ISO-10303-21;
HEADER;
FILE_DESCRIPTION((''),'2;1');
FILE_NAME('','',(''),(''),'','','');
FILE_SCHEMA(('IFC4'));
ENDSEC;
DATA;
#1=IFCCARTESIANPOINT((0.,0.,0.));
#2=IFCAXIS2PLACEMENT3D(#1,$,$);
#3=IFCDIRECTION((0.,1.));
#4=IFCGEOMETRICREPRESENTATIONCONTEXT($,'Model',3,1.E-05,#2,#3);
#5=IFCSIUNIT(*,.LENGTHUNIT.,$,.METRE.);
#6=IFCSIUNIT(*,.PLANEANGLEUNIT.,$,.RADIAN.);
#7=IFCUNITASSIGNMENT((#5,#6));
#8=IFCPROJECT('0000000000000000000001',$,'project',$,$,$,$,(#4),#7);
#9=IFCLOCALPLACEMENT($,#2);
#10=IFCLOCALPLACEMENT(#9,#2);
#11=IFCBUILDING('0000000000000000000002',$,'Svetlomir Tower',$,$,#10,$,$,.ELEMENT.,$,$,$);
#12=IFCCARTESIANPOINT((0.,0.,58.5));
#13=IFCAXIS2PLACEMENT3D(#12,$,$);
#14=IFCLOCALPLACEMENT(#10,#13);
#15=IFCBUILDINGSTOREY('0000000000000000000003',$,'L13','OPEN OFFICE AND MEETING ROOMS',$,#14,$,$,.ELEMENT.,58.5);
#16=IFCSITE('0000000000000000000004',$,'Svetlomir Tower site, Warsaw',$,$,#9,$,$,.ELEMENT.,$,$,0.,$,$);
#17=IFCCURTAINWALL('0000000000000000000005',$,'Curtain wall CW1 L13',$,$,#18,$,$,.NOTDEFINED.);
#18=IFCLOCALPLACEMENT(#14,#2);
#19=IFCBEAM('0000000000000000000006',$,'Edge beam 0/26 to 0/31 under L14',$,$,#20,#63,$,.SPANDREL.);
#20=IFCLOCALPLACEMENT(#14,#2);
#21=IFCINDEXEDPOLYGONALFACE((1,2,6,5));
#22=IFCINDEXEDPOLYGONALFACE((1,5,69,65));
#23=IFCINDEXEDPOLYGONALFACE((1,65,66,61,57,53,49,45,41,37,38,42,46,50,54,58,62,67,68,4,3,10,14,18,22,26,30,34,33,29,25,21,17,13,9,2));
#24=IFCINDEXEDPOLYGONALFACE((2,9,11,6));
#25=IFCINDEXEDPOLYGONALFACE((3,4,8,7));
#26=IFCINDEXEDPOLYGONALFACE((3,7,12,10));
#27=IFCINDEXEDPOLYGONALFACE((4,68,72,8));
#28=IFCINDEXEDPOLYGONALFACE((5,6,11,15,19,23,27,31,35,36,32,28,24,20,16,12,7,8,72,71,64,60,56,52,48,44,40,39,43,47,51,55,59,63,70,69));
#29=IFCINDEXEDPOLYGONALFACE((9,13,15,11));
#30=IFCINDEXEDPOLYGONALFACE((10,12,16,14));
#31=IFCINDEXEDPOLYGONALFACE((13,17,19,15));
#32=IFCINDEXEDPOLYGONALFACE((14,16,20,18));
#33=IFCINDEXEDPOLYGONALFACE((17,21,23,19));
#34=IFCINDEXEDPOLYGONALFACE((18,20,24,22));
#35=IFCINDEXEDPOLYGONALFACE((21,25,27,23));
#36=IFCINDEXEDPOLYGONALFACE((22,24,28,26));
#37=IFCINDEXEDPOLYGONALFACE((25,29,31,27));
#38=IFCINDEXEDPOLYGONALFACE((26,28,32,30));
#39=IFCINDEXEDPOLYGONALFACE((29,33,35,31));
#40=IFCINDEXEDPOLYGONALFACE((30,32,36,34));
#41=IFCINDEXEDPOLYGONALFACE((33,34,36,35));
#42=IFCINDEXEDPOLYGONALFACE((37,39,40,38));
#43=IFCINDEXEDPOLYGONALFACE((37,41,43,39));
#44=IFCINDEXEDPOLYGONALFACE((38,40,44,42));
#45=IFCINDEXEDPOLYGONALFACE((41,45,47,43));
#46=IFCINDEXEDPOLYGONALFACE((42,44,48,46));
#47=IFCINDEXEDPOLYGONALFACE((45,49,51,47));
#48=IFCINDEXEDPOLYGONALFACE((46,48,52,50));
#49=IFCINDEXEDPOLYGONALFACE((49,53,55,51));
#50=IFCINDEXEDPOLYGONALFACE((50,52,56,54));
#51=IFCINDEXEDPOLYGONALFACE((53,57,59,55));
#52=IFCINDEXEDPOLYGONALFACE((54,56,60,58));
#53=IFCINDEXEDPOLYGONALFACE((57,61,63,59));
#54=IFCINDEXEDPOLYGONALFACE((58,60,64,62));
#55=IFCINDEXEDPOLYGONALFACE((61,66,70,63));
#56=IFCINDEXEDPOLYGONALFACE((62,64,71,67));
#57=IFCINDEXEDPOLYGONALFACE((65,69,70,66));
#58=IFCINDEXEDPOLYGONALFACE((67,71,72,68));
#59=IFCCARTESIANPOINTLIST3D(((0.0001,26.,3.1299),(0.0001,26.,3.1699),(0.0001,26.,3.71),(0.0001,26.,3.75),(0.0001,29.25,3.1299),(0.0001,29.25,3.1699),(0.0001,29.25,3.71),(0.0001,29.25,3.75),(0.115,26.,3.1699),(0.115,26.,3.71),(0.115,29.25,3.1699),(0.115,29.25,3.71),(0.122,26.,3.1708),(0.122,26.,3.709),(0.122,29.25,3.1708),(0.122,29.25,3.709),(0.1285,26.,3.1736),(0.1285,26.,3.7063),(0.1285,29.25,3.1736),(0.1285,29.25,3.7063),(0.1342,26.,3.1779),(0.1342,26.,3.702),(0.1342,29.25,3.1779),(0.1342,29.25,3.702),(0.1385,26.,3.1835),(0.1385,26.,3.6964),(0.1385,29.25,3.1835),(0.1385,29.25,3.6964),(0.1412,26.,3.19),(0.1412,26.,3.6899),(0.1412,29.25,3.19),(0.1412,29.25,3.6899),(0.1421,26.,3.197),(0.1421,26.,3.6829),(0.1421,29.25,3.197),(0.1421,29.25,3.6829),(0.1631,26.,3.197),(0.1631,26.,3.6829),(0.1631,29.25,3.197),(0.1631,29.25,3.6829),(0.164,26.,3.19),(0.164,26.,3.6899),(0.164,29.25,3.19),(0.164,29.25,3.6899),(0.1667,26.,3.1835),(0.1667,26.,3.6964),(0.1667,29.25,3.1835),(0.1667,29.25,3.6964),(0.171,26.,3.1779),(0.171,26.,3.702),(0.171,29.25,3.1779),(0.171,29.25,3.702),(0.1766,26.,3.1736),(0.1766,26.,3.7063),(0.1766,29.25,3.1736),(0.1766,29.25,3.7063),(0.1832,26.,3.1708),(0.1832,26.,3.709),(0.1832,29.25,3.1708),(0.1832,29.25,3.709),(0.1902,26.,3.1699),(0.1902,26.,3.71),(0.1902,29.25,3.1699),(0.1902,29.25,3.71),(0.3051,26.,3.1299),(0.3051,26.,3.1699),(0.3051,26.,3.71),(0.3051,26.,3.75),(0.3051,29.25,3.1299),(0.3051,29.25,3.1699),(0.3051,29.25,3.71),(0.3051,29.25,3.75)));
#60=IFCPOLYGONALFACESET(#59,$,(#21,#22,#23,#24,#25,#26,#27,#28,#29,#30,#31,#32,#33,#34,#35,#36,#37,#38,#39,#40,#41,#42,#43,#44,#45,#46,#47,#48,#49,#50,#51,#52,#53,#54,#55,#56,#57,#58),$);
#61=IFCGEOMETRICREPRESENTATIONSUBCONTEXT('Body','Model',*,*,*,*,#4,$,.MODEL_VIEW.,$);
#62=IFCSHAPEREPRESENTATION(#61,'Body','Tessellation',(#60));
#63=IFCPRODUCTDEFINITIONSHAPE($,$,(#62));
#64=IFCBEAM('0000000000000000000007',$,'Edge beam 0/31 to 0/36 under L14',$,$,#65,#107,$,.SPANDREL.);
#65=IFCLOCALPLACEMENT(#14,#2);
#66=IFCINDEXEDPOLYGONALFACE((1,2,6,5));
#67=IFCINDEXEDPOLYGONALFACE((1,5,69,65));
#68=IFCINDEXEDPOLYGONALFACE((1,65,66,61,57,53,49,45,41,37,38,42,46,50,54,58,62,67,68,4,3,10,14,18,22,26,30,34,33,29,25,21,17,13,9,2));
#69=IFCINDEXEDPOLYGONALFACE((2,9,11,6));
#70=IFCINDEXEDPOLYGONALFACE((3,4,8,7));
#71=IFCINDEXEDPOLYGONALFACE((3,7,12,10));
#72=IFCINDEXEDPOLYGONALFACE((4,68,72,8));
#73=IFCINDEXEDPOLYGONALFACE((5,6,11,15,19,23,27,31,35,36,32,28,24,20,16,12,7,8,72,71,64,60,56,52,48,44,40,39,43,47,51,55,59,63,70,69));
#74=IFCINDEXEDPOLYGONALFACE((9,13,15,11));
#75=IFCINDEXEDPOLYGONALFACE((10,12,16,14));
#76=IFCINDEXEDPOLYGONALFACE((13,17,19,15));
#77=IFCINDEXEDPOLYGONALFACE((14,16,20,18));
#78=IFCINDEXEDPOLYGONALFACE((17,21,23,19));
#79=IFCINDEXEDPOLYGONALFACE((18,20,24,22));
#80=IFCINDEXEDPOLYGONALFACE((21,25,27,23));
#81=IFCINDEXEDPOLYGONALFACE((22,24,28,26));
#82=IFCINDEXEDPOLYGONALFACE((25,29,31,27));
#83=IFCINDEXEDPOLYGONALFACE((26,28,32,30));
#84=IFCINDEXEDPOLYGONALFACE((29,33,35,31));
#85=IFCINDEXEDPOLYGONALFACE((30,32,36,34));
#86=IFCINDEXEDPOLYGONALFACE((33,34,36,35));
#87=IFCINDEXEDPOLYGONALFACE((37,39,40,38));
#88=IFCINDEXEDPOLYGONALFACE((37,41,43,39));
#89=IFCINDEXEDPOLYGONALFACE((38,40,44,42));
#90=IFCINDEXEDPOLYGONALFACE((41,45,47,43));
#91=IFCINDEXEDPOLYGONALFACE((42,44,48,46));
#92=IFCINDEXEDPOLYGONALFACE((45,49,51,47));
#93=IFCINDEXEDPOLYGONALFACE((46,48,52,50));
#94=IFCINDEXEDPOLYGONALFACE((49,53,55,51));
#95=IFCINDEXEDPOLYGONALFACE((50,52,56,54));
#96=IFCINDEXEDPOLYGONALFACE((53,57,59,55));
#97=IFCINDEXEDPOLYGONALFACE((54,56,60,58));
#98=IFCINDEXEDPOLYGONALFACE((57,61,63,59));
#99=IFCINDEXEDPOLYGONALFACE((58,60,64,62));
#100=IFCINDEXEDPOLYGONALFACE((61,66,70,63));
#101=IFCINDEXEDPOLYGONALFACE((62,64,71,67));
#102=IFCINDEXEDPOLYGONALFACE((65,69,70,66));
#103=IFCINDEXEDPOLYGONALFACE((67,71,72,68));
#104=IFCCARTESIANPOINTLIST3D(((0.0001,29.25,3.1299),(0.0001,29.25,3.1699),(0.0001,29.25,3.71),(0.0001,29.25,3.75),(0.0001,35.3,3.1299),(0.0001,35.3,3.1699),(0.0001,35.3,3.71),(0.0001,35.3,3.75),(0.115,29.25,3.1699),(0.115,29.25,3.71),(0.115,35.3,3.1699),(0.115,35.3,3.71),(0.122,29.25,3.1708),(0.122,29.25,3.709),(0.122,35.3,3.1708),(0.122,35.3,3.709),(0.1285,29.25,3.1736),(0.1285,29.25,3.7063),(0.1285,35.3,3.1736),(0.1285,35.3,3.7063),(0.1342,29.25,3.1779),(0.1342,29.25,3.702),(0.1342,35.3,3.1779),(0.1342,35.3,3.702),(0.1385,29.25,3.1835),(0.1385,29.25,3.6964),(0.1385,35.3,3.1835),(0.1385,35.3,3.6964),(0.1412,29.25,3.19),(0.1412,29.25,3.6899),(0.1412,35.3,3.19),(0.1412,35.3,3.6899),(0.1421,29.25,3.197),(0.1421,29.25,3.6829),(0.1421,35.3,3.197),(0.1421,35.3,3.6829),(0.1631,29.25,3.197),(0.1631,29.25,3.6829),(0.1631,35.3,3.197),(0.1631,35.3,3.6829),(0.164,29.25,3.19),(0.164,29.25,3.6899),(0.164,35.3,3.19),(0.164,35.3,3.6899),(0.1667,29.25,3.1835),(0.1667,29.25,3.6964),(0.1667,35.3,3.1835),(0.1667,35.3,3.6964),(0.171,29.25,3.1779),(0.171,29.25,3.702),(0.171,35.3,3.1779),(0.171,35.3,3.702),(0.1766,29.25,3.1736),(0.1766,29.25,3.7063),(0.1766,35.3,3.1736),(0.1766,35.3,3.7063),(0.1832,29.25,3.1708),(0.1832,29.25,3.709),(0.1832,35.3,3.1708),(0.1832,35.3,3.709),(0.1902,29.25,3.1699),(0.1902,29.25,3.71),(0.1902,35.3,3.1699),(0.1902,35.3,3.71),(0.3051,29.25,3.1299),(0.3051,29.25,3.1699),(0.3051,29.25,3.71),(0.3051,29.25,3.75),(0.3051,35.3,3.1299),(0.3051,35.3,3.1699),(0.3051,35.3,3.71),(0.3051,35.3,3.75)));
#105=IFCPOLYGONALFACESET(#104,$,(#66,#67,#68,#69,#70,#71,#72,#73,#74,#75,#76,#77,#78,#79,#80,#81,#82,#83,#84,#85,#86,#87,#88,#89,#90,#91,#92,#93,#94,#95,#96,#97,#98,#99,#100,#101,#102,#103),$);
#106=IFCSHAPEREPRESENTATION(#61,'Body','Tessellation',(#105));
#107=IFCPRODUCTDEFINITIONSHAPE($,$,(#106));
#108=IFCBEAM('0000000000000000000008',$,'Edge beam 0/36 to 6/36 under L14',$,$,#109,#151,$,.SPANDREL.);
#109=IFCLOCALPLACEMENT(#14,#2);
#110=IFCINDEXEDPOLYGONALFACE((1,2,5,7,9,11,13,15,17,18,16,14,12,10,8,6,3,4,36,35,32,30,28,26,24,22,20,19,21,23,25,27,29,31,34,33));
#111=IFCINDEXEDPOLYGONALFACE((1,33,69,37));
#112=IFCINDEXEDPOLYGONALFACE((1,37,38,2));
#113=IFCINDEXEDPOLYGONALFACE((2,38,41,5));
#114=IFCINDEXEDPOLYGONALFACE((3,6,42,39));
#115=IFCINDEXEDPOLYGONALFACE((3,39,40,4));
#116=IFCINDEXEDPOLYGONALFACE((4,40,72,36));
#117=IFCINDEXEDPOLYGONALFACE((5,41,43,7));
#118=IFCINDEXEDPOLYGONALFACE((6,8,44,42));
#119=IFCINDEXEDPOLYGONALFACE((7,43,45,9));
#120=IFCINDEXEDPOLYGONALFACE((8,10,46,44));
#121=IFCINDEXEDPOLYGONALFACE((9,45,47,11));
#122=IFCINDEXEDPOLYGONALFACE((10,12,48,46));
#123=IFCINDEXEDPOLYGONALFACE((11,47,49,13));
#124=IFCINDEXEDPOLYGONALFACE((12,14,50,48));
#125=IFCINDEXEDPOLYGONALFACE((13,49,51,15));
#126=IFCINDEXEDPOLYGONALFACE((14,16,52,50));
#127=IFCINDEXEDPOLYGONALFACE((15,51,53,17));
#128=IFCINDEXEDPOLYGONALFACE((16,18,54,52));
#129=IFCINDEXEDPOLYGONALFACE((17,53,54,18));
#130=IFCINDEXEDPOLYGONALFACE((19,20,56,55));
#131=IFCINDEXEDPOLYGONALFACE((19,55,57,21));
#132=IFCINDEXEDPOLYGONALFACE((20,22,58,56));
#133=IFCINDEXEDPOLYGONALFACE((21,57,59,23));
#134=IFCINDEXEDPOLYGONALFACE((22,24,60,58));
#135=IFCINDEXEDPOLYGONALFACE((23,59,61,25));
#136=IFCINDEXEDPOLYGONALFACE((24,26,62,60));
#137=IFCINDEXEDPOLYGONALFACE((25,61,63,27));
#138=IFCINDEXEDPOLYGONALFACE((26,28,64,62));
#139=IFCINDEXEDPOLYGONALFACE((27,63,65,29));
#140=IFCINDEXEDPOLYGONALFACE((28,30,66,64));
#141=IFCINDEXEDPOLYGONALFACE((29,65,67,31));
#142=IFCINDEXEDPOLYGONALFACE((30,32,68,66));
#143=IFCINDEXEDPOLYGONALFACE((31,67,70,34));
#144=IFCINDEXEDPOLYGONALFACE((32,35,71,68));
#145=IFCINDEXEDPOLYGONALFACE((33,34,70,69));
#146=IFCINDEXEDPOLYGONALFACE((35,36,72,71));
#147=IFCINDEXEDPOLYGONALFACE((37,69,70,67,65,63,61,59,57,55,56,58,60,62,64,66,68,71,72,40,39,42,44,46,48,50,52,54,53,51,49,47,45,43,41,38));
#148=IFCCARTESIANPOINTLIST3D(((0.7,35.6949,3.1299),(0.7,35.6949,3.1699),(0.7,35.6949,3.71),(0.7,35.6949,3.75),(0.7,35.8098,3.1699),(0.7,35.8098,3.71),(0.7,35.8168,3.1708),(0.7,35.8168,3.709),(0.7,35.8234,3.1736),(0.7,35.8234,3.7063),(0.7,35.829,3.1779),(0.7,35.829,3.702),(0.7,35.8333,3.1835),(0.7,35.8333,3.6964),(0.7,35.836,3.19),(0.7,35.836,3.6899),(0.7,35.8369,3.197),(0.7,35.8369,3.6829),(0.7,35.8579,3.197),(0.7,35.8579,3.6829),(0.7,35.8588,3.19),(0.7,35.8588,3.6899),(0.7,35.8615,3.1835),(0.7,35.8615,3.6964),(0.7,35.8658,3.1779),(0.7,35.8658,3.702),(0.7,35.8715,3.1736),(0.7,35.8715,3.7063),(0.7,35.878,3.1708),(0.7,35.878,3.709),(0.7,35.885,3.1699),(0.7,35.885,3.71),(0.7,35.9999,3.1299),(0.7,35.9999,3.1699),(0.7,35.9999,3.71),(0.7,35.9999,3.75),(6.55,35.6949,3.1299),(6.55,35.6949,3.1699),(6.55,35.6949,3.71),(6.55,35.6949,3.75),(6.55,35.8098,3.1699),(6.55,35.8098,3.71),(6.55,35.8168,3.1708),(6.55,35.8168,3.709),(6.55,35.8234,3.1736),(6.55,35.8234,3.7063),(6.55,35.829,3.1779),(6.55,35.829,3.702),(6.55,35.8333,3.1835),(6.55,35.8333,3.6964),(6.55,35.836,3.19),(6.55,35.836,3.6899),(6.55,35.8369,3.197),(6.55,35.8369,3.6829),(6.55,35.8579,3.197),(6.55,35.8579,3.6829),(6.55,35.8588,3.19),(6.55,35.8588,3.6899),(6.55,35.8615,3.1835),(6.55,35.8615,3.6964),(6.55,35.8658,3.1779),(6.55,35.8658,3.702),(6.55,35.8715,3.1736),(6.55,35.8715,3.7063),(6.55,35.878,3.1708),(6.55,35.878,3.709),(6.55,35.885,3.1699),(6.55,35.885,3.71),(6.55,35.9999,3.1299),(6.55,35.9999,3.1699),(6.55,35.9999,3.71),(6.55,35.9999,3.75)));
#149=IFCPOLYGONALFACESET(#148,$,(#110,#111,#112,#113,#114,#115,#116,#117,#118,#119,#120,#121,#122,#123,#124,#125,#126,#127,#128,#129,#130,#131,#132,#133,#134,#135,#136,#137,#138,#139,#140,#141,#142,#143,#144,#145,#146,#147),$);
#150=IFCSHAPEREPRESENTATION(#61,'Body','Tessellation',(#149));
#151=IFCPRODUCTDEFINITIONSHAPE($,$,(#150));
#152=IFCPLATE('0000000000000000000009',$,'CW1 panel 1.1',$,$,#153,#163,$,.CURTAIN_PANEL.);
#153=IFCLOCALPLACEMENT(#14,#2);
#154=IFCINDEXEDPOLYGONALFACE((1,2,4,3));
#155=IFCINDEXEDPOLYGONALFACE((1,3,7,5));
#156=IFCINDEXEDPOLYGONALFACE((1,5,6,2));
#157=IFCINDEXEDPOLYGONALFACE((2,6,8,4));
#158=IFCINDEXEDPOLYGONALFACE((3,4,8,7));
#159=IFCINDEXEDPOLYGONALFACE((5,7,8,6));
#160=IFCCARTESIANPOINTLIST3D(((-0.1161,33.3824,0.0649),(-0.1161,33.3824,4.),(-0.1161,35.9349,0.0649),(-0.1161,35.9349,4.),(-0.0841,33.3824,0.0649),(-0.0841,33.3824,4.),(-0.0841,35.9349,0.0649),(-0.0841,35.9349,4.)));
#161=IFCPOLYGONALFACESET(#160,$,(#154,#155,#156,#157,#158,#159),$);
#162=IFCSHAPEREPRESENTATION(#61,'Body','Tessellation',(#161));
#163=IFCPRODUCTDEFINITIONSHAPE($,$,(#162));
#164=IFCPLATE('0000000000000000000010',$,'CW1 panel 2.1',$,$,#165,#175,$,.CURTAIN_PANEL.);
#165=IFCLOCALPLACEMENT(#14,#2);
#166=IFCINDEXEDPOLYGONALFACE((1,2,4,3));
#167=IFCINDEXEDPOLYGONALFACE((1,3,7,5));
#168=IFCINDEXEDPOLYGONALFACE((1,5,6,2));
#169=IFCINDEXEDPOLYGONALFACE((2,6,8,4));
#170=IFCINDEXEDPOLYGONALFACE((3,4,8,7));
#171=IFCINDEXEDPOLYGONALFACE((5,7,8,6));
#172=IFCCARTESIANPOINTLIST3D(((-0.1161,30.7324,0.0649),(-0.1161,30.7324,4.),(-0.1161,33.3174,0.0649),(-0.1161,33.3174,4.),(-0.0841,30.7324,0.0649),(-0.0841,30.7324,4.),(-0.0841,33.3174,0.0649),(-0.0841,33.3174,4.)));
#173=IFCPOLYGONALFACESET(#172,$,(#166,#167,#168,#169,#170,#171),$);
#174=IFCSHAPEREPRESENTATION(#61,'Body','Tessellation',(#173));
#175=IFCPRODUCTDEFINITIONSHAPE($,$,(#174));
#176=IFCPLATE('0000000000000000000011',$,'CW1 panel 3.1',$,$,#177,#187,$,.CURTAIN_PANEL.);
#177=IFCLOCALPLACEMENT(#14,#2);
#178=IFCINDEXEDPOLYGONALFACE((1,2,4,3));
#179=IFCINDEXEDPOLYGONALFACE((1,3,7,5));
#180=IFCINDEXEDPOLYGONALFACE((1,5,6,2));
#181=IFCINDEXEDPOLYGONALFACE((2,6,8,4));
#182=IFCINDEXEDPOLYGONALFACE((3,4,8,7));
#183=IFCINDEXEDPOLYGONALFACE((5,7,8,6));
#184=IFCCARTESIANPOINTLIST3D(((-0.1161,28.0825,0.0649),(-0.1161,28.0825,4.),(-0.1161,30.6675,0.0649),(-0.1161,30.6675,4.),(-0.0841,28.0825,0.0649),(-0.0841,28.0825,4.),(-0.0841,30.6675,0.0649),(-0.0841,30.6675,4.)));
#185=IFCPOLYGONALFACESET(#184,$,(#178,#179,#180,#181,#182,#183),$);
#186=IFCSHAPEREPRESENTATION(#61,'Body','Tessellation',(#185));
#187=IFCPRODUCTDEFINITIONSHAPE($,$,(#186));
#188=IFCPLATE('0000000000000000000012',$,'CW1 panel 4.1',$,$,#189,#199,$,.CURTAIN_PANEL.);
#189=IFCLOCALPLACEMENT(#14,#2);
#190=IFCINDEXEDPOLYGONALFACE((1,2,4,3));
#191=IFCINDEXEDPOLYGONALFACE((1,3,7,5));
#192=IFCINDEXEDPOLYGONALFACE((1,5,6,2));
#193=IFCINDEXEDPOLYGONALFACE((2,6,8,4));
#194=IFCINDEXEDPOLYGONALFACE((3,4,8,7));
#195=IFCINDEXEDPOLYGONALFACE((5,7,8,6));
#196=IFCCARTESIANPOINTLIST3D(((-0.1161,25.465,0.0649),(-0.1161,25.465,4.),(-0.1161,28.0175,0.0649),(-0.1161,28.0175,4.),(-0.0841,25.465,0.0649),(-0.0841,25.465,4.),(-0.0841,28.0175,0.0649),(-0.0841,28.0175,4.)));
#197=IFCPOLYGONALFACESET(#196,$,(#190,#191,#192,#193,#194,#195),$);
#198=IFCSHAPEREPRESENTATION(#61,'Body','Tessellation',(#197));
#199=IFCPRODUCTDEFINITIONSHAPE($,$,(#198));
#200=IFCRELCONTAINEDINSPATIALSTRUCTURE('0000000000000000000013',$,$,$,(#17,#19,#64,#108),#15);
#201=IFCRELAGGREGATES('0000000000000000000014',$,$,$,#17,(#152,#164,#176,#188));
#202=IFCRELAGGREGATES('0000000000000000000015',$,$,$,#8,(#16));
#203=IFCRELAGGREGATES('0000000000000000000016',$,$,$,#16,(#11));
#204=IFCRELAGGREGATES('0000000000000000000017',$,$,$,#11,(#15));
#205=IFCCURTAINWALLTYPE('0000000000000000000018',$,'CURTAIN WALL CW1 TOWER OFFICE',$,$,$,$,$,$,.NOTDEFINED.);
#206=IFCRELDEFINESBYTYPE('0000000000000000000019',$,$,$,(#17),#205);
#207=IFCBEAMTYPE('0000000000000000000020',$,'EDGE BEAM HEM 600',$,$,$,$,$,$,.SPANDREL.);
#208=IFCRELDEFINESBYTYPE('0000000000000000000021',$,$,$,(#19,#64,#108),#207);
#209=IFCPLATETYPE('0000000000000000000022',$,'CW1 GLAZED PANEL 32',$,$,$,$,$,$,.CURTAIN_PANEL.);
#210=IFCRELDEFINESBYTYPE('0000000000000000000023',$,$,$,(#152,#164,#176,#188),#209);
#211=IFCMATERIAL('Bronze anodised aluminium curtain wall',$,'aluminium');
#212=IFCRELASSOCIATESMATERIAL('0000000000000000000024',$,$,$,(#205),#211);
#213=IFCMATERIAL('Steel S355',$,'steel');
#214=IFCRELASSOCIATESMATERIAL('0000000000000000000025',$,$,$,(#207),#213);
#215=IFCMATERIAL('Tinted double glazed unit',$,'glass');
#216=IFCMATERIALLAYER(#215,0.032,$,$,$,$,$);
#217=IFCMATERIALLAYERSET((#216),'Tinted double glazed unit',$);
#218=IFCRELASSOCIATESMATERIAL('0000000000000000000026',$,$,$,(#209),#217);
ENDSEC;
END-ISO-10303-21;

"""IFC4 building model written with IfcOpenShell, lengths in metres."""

from ifc_helpers import new_model, si_unit, direction, frame, origin, origin_2d, place, context, subcontext, project, spatial, rectangle, i_section, extrude, material, layer, layer_set, material_profile, profile_set, type_object, element, aggregate, save


model = new_model("IFC4")

# Units and contexts
model_context = context("Model", 3, precision=1e-05, world=origin(), true_north=direction((0.0, 1.0)))
body_context = subcontext(model_context, "Body", "Model", "MODEL_VIEW")
ifc_project = project(units=[si_unit("LENGTHUNIT", "METRE"), si_unit("PLANEANGLEUNIT", "RADIAN")], contexts=[model_context])

# Site, building, storey
site_placement = place(None, origin())
site = spatial("IfcSite", under=ifc_project, at=site_placement, Name="Svetlomir Tower site, Warsaw", CompositionType="ELEMENT", RefElevation=0.0)
building_placement = place(site_placement, origin())
building = spatial("IfcBuilding", under=site, at=building_placement, Name="Svetlomir Tower", CompositionType="ELEMENT")
storey_placement = place(building_placement, frame((0.0, 0.0, 58.5)))
storey = spatial("IfcBuildingStorey", under=building, at=storey_placement, Name="L13", Description="OPEN OFFICE AND MEETING ROOMS", CompositionType="ELEMENT", Elevation=58.5)

# Curtain wall
ifc_material_1 = material(Name="Bronze anodised aluminium curtain wall", Category="aluminium")
curtain_wall_type = type_object("IfcCurtainWallType", Name="CURTAIN WALL CW1 TOWER OFFICE", PredefinedType="NOTDEFINED", material=ifc_material_1)
curtain_wall_placement = place(storey_placement, origin())
curtain_wall = element("IfcCurtainWall", 1, at=curtain_wall_placement, inside=storey, type_object=curtain_wall_type, Name="Curtain wall CW1 L13", PredefinedType="NOTDEFINED")

# Beams
ifc_material_2 = material(Name="Steel S355", Category="steel")
ifc_material_profile_1 = material_profile(ifc_material_2, i_section(OverallWidth=0.3049, OverallDepth=0.6201, WebThickness=0.021, FlangeThickness=0.04, FilletRadius=0.0271, at=origin_2d()), Name="HEM 600")
ifc_profile_set_1 = profile_set([ifc_material_profile_1], Name="Steel S355")
beam_type_1 = type_object("IfcBeamType", Name="EDGE BEAM HEM 600", PredefinedType="SPANDREL", material=ifc_profile_set_1)
beam_1_placement = place(storey_placement, frame((0.1526, 26.0, 3.4399), z_axis=(0.0, 1.0, 0.0), x_axis=(-1.0, 0.0, 0.0)))
element("IfcBeam", 2, at=beam_1_placement, inside=storey, type_object=beam_type_1, Name="Edge beam 0/26 to 0/31 under L14", PredefinedType="SPANDREL", context=body_context, shape_type="SweptSolid", body=[
    extrude(i_section(OverallWidth=0.3049, OverallDepth=0.6201, WebThickness=0.021, FlangeThickness=0.04, FilletRadius=0.0271, at=origin_2d()), origin(), (0.0, 0.0, 1.0), 3.25),
])
beam_2_placement = place(storey_placement, frame((0.1526, 29.25, 3.4399), z_axis=(0.0, 1.0, 0.0), x_axis=(-1.0, 0.0, 0.0)))
element("IfcBeam", 3, at=beam_2_placement, inside=storey, type_object=beam_type_1, Name="Edge beam 0/31 to 0/36 under L14", PredefinedType="SPANDREL", context=body_context, shape_type="SweptSolid", body=[
    extrude(i_section(OverallWidth=0.3049, OverallDepth=0.6201, WebThickness=0.021, FlangeThickness=0.04, FilletRadius=0.0271, at=origin_2d()), origin(), (0.0, 0.0, 1.0), 6.05),
])
beam_3_placement = place(storey_placement, frame((0.7, 35.8474, 3.4399), z_axis=(1.0, 0.0, 0.0), x_axis=(0.0, 1.0, 0.0)))
element("IfcBeam", 4, at=beam_3_placement, inside=storey, type_object=beam_type_1, Name="Edge beam 0/36 to 6/36 under L14", PredefinedType="SPANDREL", context=body_context, shape_type="SweptSolid", body=[
    extrude(i_section(OverallWidth=0.3049, OverallDepth=0.6201, WebThickness=0.021, FlangeThickness=0.04, FilletRadius=0.0271, at=origin_2d()), origin(), (0.0, 0.0, 1.0), 5.8501),
])

# Plates
ifc_material_3 = material(Name="Tinted double glazed unit", Category="glass")
ifc_layer_1 = layer(ifc_material_3, 0.032)
ifc_layer_set_1 = layer_set([ifc_layer_1], Name="Tinted double glazed unit")
plate_type = type_object("IfcPlateType", Name="CW1 GLAZED PANEL 32", PredefinedType="CURTAIN_PANEL", material=ifc_layer_set_1)
plate_1_placement = place(storey_placement, frame((-0.1001, 34.6587, 0.0649), z_axis=(0.0, 0.0, 1.0), x_axis=(0.0, -1.0, 0.0)))
plate_1 = element("IfcPlate", 5, at=plate_1_placement, type_object=plate_type, Name="CW1 panel 1.1", PredefinedType="CURTAIN_PANEL", context=body_context, shape_type="SweptSolid", body=[
    extrude(rectangle(XDim=2.5525, YDim=0.032, at=origin_2d()), origin(), (0.0, 0.0, 1.0), 3.9351),
])
plate_2_placement = place(storey_placement, frame((-0.1001, 32.0249, 0.0649), z_axis=(0.0, 0.0, 1.0), x_axis=(0.0, -1.0, 0.0)))
plate_2 = element("IfcPlate", 6, at=plate_2_placement, type_object=plate_type, Name="CW1 panel 2.1", PredefinedType="CURTAIN_PANEL", context=body_context, shape_type="SweptSolid", body=[
    extrude(rectangle(XDim=2.585, YDim=0.032, at=origin_2d()), origin(), (0.0, 0.0, 1.0), 3.9351),
])
plate_3_placement = place(storey_placement, frame((-0.1001, 29.375, 0.0649), z_axis=(0.0, 0.0, 1.0), x_axis=(0.0, -1.0, 0.0)))
plate_3 = element("IfcPlate", 7, at=plate_3_placement, type_object=plate_type, Name="CW1 panel 3.1", PredefinedType="CURTAIN_PANEL", context=body_context, shape_type="SweptSolid", body=[
    extrude(rectangle(XDim=2.585, YDim=0.032, at=origin_2d()), origin(), (0.0, 0.0, 1.0), 3.9351),
])
plate_4_placement = place(storey_placement, frame((-0.1001, 26.7412, 0.0649), z_axis=(0.0, 0.0, 1.0), x_axis=(0.0, -1.0, 0.0)))
plate_4 = element("IfcPlate", 8, at=plate_4_placement, type_object=plate_type, Name="CW1 panel 4.1", PredefinedType="CURTAIN_PANEL", context=body_context, shape_type="SweptSolid", body=[
    extrude(rectangle(XDim=2.5525, YDim=0.032, at=origin_2d()), origin(), (0.0, 0.0, 1.0), 3.9351),
])
aggregate(curtain_wall, [plate_1, plate_2, plate_3, plate_4])

save(model, "model.ifc")
